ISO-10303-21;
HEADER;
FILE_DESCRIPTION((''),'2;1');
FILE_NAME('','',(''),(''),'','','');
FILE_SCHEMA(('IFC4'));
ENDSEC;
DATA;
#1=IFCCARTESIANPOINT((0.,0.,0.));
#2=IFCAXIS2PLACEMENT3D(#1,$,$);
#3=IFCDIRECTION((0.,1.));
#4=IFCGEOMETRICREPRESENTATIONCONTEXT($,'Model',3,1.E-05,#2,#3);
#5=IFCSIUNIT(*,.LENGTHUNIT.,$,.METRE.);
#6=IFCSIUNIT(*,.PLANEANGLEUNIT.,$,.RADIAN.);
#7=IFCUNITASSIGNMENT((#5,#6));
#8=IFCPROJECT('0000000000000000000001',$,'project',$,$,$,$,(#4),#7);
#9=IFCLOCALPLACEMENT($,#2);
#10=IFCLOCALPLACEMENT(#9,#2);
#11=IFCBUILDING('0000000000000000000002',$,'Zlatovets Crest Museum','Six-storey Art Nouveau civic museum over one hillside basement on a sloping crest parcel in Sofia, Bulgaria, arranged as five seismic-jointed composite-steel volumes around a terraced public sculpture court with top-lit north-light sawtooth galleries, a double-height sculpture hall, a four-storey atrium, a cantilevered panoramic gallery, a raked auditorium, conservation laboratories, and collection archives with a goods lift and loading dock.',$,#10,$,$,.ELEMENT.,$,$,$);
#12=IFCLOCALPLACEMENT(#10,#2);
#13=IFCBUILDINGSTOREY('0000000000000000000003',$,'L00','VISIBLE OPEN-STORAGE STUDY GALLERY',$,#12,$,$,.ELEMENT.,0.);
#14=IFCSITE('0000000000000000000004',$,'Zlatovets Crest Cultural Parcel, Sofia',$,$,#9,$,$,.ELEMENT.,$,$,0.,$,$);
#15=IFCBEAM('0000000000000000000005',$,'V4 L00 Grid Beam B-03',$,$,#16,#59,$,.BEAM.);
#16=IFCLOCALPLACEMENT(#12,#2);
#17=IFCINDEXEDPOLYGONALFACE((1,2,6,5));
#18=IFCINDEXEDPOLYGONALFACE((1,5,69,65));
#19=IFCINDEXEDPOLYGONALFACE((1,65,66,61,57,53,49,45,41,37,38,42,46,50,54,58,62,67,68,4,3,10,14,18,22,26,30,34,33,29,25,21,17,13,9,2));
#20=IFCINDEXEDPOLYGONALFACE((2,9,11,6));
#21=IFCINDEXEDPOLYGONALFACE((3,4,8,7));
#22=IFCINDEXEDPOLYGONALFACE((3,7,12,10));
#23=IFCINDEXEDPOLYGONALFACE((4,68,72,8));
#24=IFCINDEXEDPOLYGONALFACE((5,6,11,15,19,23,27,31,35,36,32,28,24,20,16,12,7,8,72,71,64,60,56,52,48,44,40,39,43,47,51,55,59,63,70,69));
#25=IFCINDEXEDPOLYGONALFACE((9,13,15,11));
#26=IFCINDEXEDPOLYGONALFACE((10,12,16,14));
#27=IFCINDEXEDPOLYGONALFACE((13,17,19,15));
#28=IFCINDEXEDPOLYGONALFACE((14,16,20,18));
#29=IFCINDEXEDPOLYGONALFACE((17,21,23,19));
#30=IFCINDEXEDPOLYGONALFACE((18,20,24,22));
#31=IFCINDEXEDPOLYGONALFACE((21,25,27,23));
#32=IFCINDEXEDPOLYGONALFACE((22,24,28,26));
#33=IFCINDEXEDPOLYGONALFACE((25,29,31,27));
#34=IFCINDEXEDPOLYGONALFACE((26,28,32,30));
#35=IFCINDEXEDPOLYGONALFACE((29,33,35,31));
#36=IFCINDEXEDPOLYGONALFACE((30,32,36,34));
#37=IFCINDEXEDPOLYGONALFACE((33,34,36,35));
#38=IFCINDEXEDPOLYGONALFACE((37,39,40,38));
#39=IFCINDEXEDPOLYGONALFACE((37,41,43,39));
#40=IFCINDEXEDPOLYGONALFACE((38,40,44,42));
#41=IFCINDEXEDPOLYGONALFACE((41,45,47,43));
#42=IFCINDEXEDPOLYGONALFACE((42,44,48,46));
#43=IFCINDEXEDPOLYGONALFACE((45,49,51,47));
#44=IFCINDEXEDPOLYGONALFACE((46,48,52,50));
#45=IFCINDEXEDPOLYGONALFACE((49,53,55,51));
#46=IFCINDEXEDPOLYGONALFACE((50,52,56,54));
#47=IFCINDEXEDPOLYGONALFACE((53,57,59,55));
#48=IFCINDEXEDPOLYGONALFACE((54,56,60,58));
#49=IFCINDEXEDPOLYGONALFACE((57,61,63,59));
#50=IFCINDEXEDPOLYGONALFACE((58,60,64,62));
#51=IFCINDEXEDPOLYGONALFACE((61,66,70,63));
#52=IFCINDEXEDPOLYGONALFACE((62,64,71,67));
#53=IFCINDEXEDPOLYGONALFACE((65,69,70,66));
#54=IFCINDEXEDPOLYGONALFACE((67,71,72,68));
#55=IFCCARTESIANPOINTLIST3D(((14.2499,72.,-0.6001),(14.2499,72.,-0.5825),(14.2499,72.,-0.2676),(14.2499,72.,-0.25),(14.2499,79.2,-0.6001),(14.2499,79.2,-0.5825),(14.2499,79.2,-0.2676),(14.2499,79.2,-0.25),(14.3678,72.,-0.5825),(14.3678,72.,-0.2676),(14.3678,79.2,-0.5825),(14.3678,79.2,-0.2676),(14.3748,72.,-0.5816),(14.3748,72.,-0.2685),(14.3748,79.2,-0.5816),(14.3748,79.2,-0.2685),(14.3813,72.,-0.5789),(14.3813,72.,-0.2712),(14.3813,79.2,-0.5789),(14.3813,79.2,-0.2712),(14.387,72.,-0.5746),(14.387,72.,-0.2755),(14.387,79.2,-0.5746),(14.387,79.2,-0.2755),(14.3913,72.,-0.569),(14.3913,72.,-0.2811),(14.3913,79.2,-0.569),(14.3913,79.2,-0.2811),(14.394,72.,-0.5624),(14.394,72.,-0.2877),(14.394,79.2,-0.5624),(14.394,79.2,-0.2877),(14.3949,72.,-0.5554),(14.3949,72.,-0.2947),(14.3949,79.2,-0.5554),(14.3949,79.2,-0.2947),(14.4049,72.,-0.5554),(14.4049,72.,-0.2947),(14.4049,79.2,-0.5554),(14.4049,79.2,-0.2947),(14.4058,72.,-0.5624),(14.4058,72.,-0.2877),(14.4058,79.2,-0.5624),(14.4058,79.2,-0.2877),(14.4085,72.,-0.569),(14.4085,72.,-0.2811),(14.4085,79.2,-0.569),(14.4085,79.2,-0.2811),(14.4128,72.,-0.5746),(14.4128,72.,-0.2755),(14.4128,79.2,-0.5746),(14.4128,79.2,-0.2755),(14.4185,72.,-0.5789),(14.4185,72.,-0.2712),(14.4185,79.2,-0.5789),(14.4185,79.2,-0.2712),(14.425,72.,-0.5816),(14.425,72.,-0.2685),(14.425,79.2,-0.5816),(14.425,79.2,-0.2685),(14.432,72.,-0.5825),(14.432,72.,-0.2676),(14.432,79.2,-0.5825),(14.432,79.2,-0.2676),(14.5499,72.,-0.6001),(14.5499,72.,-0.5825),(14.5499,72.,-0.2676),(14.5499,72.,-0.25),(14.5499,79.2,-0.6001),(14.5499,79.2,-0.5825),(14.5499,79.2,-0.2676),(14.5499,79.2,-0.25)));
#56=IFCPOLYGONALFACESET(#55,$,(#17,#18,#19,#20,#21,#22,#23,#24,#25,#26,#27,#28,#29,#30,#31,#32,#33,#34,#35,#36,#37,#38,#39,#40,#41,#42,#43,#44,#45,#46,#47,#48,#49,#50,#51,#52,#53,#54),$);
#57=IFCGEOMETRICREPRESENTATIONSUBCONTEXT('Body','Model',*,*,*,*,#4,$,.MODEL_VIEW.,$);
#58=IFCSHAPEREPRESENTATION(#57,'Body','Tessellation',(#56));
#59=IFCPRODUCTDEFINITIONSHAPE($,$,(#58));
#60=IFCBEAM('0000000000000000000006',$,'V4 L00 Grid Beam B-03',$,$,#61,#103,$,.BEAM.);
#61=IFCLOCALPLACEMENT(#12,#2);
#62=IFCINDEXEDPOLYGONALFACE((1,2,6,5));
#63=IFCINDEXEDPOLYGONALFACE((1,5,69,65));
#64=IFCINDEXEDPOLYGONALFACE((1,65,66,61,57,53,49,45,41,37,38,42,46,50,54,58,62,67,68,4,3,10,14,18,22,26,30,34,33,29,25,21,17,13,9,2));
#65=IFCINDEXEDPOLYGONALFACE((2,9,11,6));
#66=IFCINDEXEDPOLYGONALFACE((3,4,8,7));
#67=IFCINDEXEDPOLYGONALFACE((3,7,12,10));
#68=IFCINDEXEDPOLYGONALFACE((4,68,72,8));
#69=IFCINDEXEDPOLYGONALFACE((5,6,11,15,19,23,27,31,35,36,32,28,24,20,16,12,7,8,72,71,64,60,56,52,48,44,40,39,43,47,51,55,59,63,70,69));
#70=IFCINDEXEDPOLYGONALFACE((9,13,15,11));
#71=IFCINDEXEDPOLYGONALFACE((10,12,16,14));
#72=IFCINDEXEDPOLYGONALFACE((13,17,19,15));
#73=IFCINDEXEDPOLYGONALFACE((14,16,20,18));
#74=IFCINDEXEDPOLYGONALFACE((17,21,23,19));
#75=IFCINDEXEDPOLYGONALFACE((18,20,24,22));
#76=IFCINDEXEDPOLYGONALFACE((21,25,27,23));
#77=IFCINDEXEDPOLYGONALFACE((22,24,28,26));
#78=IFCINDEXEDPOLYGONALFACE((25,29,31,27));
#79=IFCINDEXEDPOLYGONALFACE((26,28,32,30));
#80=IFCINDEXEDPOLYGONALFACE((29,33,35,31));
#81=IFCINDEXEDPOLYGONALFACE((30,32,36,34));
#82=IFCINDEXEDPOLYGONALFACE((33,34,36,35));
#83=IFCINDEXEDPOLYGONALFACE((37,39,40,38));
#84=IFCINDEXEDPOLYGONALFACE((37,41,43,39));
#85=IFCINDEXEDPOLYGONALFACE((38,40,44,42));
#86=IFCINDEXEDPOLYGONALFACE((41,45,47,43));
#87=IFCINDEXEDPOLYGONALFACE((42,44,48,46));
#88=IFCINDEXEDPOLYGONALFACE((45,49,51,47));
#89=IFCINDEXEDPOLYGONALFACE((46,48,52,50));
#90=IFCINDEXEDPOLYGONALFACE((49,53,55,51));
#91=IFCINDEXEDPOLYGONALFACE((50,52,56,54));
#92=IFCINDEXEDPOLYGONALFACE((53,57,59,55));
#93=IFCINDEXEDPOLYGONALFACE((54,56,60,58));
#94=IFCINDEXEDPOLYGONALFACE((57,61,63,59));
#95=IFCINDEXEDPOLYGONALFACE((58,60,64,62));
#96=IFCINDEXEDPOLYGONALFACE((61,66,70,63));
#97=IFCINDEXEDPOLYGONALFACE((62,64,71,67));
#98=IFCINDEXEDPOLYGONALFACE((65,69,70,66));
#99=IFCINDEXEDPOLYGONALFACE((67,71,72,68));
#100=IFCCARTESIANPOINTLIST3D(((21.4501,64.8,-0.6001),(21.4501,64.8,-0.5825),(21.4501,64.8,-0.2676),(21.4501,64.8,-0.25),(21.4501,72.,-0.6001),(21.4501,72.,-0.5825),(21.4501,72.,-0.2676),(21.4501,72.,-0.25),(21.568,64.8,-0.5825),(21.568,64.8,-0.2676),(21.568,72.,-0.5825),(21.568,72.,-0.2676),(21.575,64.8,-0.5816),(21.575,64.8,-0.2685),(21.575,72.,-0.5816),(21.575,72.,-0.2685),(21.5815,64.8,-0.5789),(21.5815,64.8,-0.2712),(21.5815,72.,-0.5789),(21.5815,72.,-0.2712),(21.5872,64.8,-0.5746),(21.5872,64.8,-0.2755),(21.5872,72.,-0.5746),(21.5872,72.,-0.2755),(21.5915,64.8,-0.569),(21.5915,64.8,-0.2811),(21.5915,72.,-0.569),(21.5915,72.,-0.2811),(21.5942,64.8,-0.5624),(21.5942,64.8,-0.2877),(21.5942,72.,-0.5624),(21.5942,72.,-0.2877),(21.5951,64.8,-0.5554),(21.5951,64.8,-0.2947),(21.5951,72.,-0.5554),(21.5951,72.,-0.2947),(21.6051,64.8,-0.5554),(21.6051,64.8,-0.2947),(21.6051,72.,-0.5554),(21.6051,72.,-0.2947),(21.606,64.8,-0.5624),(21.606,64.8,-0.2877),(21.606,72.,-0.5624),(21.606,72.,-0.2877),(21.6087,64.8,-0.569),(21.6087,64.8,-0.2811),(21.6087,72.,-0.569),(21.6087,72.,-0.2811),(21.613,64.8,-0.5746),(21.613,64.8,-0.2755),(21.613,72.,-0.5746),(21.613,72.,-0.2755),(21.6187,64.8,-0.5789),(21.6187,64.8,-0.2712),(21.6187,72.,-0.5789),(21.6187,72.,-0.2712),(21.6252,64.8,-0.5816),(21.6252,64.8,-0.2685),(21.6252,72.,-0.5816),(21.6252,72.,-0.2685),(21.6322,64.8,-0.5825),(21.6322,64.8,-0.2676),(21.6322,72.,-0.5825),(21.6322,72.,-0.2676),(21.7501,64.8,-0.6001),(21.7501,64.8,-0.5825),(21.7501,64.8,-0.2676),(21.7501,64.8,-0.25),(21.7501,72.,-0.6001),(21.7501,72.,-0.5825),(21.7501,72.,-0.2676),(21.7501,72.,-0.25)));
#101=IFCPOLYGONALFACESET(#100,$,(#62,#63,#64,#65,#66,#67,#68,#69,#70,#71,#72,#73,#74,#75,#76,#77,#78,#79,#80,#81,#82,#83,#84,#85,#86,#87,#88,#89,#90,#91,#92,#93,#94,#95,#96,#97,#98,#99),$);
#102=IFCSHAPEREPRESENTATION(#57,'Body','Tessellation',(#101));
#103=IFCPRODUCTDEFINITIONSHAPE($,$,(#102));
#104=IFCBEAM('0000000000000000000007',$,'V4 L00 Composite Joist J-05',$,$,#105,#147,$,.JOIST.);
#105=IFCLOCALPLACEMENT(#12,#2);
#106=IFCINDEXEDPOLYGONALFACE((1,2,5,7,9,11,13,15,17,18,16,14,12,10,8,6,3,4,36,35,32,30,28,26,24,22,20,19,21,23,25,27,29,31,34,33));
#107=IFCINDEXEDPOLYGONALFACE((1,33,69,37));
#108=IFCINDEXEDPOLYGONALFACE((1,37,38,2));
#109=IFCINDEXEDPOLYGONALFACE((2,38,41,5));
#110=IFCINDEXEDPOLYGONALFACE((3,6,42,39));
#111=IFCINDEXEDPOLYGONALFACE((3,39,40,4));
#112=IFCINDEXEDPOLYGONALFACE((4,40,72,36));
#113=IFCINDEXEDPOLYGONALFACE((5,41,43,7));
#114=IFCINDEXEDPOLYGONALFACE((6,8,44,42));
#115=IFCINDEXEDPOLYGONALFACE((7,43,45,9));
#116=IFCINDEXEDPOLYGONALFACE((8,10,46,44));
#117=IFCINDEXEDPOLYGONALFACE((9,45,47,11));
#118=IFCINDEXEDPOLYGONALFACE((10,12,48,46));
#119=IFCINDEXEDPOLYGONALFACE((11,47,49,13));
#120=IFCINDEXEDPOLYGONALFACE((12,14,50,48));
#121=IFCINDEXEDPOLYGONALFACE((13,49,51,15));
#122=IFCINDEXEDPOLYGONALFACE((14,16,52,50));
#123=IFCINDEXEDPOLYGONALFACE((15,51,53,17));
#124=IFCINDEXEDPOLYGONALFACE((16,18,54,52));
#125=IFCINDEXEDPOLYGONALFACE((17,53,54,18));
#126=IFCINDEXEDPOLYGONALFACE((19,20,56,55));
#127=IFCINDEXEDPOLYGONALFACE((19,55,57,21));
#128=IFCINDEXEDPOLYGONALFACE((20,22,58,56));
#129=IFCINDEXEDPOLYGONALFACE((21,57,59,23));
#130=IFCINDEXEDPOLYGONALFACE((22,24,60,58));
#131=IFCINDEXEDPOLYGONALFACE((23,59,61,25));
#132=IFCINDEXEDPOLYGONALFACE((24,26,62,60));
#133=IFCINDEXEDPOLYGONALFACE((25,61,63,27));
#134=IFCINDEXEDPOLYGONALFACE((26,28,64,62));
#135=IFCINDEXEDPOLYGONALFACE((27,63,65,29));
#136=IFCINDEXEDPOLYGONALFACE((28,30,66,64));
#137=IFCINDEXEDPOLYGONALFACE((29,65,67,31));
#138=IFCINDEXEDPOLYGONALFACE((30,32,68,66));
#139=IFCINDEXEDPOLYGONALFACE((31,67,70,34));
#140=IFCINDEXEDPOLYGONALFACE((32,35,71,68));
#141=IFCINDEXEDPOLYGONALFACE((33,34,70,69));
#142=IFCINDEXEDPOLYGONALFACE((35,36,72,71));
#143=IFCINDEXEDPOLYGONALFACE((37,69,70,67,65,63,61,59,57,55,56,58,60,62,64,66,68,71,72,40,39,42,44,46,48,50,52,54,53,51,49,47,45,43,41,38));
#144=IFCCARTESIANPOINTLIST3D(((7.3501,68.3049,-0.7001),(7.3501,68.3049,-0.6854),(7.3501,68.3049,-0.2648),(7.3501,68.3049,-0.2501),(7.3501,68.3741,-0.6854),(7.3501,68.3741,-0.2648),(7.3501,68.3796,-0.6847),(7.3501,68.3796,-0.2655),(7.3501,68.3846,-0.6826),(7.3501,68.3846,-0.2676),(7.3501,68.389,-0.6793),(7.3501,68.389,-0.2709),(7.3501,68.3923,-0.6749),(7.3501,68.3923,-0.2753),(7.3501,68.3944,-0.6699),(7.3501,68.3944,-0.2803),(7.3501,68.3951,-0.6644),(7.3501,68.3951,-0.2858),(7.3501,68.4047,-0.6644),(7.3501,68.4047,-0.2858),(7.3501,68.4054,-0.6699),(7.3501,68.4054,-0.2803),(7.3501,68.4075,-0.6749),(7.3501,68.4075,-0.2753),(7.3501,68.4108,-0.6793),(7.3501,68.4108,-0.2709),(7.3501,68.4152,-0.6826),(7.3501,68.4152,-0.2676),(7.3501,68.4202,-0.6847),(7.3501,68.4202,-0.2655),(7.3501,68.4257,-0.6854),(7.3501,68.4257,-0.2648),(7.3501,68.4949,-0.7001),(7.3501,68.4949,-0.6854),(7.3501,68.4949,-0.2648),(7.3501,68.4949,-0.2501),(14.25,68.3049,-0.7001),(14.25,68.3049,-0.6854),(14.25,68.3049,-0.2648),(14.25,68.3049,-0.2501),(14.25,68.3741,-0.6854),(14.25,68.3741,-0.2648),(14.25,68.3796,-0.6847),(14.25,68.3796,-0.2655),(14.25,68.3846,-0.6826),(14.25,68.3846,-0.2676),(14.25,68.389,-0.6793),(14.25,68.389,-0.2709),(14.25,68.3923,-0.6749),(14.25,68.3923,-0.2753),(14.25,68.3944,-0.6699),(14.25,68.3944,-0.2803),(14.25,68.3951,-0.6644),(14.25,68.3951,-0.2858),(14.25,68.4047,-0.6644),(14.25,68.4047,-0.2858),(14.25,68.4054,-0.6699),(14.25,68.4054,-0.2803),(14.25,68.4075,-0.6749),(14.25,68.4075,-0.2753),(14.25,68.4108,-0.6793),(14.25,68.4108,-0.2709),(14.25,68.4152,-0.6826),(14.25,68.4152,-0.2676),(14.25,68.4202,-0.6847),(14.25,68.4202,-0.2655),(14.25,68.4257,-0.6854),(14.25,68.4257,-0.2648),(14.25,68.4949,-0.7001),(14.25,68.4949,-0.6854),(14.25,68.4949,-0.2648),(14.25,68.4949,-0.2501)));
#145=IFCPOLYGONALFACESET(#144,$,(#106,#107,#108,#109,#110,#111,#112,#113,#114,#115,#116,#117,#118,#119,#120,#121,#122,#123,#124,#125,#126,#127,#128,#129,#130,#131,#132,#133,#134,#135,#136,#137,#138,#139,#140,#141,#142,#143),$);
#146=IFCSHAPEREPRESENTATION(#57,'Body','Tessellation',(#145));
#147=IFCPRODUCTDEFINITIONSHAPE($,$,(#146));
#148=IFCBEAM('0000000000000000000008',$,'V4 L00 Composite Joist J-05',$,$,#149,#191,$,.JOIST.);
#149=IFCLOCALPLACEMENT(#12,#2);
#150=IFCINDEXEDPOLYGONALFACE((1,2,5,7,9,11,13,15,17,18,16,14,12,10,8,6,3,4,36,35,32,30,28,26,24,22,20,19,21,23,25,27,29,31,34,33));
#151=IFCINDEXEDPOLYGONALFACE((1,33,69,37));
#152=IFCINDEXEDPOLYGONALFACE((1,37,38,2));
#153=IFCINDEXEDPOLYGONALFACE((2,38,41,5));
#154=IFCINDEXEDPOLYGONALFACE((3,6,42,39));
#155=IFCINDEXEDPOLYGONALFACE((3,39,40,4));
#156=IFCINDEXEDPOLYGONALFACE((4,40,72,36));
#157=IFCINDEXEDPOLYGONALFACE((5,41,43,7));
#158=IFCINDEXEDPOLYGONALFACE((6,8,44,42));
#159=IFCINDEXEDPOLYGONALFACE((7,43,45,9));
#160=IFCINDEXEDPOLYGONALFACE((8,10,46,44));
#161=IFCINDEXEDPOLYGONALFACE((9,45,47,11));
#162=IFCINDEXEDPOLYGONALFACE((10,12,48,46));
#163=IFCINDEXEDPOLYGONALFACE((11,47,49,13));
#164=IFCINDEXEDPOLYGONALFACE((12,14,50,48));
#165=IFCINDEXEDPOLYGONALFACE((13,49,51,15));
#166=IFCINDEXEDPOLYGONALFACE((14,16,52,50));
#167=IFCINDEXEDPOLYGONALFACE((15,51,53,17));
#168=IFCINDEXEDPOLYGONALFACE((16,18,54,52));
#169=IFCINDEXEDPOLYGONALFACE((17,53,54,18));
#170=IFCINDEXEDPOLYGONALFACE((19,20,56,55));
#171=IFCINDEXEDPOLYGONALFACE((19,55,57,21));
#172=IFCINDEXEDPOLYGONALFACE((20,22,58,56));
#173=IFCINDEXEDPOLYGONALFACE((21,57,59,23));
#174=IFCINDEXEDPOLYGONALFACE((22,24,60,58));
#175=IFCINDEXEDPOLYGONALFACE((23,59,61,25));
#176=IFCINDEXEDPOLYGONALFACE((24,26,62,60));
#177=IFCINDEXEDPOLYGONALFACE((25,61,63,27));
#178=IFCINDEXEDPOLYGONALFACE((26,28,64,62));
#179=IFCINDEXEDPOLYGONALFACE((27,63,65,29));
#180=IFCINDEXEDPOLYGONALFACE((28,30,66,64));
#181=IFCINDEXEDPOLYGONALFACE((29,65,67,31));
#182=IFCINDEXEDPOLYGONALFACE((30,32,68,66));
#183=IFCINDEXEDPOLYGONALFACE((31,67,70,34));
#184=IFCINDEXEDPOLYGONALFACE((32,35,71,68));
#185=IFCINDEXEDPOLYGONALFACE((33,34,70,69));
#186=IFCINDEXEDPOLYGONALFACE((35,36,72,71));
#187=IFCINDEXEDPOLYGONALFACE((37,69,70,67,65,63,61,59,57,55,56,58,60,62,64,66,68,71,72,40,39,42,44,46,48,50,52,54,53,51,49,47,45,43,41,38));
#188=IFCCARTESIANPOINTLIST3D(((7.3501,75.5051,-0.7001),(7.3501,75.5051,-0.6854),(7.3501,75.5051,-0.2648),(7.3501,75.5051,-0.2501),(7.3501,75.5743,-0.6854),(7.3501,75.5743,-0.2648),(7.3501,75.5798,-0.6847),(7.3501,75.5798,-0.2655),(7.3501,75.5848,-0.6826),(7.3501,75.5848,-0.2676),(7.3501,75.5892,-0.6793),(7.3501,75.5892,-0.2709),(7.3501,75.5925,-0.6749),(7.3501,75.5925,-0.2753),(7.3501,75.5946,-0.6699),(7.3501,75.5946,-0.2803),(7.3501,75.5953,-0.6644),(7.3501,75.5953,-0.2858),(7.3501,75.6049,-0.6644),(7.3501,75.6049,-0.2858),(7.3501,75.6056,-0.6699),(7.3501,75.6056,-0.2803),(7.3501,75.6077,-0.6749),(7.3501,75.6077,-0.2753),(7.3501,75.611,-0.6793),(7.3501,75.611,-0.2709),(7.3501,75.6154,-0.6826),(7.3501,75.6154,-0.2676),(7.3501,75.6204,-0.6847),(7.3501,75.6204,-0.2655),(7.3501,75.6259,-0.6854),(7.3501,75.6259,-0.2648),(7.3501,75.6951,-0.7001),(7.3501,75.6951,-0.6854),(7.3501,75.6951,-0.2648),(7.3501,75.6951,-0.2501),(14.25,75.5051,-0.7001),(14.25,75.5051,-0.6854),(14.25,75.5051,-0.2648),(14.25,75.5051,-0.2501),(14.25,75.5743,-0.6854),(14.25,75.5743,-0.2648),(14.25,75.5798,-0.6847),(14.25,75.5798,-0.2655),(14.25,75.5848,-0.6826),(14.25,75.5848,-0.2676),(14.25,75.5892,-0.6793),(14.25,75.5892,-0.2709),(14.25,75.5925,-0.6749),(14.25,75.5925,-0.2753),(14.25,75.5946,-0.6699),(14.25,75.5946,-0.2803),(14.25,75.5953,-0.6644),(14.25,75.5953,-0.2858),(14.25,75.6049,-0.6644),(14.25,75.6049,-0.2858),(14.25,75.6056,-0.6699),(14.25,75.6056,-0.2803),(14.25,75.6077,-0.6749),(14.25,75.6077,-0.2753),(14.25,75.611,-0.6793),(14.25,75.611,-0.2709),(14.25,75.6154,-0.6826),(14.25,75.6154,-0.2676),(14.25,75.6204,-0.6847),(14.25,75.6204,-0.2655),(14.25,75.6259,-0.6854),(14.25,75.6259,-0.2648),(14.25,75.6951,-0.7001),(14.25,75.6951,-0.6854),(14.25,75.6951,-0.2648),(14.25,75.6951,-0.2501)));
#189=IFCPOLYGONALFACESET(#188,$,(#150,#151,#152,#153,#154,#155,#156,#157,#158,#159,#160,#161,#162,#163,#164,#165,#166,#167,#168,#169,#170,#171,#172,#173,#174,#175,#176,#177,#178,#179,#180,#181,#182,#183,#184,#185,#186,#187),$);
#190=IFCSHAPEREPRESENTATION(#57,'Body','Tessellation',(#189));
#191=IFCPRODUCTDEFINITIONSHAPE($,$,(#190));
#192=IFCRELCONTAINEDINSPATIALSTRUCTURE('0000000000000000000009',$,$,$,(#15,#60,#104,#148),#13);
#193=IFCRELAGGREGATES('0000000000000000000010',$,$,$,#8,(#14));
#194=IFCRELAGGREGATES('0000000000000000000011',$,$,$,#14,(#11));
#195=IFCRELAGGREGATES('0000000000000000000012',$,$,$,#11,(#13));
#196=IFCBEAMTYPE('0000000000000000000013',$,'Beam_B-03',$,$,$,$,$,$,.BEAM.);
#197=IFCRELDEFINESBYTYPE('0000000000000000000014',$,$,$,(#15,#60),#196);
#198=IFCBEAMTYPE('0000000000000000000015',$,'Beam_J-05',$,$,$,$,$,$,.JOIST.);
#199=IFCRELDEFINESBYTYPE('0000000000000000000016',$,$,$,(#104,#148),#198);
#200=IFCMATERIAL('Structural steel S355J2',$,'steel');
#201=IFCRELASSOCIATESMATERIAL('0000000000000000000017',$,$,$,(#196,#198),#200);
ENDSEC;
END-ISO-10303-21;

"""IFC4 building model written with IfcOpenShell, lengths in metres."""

from ifc_helpers import new_model, si_unit, direction, frame, origin, origin_2d, place, context, subcontext, project, spatial, i_section, extrude, material, material_profile, profile_set, type_object, element, save


model = new_model("IFC4")

# Units and contexts
model_context = context("Model", 3, precision=1e-05, world=origin(), true_north=direction((0.0, 1.0)))
body_context = subcontext(model_context, "Body", "Model", "MODEL_VIEW")
ifc_project = project(units=[si_unit("LENGTHUNIT", "METRE"), si_unit("PLANEANGLEUNIT", "RADIAN")], contexts=[model_context])

# Site, building, storey
site_placement = place(None, origin())
site = spatial("IfcSite", under=ifc_project, at=site_placement, Name="Zlatovets Crest Cultural Parcel, Sofia", CompositionType="ELEMENT", RefElevation=0.0)
building_placement = place(site_placement, origin())
building = spatial("IfcBuilding", under=site, at=building_placement, Name="Zlatovets Crest Museum", Description="Six-storey Art Nouveau civic museum over one hillside basement on a sloping crest parcel in Sofia, Bulgaria, arranged as five seismic-jointed composite-steel volumes around a terraced public sculpture court with top-lit north-light sawtooth galleries, a double-height sculpture hall, a four-storey atrium, a cantilevered panoramic gallery, a raked auditorium, conservation laboratories, and collection archives with a goods lift and loading dock.", CompositionType="ELEMENT")
storey_placement = place(building_placement, origin())
storey = spatial("IfcBuildingStorey", under=building, at=storey_placement, Name="L00", Description="VISIBLE OPEN-STORAGE STUDY GALLERY", CompositionType="ELEMENT", Elevation=0.0)

# Shared definitions
ifc_material_1 = material(Name="Structural steel S355J2", Category="steel")

# Beams
ifc_material_profile_1 = material_profile(ifc_material_1, i_section(OverallWidth=0.3, OverallDepth=0.3501, WebThickness=0.01, FlangeThickness=0.0176, FilletRadius=0.0271, at=origin_2d()), Name="HEA 360")
ifc_profile_set_1 = profile_set([ifc_material_profile_1], Name="Structural steel S355J2")
beam_type_1 = type_object("IfcBeamType", Name="Beam_B-03", PredefinedType="BEAM", material=ifc_profile_set_1)
for number, where, z_axis, x_axis, name in (
    (1, (14.3999, 72.0, -0.425), (0.0, 1.0, 0.0), (-1.0, 0.0, 0.0), "V4 L00 Grid Beam B-03"),
    (2, (21.6001, 64.8, -0.425), (0.0, 1.0, 0.0), (-1.0, 0.0, 0.0), "V4 L00 Grid Beam B-03"),
):
    element("IfcBeam", number, at=place(storey_placement, frame(where, z_axis=z_axis, x_axis=x_axis)), inside=storey, type_object=beam_type_1, Name=name, PredefinedType="BEAM", context=body_context, shape_type="SweptSolid", body=[
        extrude(i_section(OverallWidth=0.3, OverallDepth=0.3501, WebThickness=0.01, FlangeThickness=0.0176, FilletRadius=0.0271, at=origin_2d()), origin(), (0.0, 0.0, 1.0), 7.2),
    ])
ifc_material_profile_2 = material_profile(ifc_material_1, i_section(OverallWidth=0.1899, OverallDepth=0.45, WebThickness=0.0095, FlangeThickness=0.0146, FilletRadius=0.021, at=origin_2d()), Name="IPE 450")
ifc_profile_set_2 = profile_set([ifc_material_profile_2], Name="Structural steel S355J2")
beam_type_2 = type_object("IfcBeamType", Name="Beam_J-05", PredefinedType="JOIST", material=ifc_profile_set_2)
for number, where, z_axis, x_axis, name in (
    (3, (7.3501, 68.3999, -0.4751), (1.0, 0.0, 0.0), (0.0, 1.0, 0.0), "V4 L00 Composite Joist J-05"),
    (4, (7.3501, 75.6001, -0.4751), (1.0, 0.0, 0.0), (0.0, 1.0, 0.0), "V4 L00 Composite Joist J-05"),
):
    element("IfcBeam", number, at=place(storey_placement, frame(where, z_axis=z_axis, x_axis=x_axis)), inside=storey, type_object=beam_type_2, Name=name, PredefinedType="JOIST", context=body_context, shape_type="SweptSolid", body=[
        extrude(i_section(OverallWidth=0.1899, OverallDepth=0.45, WebThickness=0.0095, FlangeThickness=0.0146, FilletRadius=0.021, at=origin_2d()), origin(), (0.0, 0.0, 1.0), 6.8999),
    ])

save(model, "model.ifc")
